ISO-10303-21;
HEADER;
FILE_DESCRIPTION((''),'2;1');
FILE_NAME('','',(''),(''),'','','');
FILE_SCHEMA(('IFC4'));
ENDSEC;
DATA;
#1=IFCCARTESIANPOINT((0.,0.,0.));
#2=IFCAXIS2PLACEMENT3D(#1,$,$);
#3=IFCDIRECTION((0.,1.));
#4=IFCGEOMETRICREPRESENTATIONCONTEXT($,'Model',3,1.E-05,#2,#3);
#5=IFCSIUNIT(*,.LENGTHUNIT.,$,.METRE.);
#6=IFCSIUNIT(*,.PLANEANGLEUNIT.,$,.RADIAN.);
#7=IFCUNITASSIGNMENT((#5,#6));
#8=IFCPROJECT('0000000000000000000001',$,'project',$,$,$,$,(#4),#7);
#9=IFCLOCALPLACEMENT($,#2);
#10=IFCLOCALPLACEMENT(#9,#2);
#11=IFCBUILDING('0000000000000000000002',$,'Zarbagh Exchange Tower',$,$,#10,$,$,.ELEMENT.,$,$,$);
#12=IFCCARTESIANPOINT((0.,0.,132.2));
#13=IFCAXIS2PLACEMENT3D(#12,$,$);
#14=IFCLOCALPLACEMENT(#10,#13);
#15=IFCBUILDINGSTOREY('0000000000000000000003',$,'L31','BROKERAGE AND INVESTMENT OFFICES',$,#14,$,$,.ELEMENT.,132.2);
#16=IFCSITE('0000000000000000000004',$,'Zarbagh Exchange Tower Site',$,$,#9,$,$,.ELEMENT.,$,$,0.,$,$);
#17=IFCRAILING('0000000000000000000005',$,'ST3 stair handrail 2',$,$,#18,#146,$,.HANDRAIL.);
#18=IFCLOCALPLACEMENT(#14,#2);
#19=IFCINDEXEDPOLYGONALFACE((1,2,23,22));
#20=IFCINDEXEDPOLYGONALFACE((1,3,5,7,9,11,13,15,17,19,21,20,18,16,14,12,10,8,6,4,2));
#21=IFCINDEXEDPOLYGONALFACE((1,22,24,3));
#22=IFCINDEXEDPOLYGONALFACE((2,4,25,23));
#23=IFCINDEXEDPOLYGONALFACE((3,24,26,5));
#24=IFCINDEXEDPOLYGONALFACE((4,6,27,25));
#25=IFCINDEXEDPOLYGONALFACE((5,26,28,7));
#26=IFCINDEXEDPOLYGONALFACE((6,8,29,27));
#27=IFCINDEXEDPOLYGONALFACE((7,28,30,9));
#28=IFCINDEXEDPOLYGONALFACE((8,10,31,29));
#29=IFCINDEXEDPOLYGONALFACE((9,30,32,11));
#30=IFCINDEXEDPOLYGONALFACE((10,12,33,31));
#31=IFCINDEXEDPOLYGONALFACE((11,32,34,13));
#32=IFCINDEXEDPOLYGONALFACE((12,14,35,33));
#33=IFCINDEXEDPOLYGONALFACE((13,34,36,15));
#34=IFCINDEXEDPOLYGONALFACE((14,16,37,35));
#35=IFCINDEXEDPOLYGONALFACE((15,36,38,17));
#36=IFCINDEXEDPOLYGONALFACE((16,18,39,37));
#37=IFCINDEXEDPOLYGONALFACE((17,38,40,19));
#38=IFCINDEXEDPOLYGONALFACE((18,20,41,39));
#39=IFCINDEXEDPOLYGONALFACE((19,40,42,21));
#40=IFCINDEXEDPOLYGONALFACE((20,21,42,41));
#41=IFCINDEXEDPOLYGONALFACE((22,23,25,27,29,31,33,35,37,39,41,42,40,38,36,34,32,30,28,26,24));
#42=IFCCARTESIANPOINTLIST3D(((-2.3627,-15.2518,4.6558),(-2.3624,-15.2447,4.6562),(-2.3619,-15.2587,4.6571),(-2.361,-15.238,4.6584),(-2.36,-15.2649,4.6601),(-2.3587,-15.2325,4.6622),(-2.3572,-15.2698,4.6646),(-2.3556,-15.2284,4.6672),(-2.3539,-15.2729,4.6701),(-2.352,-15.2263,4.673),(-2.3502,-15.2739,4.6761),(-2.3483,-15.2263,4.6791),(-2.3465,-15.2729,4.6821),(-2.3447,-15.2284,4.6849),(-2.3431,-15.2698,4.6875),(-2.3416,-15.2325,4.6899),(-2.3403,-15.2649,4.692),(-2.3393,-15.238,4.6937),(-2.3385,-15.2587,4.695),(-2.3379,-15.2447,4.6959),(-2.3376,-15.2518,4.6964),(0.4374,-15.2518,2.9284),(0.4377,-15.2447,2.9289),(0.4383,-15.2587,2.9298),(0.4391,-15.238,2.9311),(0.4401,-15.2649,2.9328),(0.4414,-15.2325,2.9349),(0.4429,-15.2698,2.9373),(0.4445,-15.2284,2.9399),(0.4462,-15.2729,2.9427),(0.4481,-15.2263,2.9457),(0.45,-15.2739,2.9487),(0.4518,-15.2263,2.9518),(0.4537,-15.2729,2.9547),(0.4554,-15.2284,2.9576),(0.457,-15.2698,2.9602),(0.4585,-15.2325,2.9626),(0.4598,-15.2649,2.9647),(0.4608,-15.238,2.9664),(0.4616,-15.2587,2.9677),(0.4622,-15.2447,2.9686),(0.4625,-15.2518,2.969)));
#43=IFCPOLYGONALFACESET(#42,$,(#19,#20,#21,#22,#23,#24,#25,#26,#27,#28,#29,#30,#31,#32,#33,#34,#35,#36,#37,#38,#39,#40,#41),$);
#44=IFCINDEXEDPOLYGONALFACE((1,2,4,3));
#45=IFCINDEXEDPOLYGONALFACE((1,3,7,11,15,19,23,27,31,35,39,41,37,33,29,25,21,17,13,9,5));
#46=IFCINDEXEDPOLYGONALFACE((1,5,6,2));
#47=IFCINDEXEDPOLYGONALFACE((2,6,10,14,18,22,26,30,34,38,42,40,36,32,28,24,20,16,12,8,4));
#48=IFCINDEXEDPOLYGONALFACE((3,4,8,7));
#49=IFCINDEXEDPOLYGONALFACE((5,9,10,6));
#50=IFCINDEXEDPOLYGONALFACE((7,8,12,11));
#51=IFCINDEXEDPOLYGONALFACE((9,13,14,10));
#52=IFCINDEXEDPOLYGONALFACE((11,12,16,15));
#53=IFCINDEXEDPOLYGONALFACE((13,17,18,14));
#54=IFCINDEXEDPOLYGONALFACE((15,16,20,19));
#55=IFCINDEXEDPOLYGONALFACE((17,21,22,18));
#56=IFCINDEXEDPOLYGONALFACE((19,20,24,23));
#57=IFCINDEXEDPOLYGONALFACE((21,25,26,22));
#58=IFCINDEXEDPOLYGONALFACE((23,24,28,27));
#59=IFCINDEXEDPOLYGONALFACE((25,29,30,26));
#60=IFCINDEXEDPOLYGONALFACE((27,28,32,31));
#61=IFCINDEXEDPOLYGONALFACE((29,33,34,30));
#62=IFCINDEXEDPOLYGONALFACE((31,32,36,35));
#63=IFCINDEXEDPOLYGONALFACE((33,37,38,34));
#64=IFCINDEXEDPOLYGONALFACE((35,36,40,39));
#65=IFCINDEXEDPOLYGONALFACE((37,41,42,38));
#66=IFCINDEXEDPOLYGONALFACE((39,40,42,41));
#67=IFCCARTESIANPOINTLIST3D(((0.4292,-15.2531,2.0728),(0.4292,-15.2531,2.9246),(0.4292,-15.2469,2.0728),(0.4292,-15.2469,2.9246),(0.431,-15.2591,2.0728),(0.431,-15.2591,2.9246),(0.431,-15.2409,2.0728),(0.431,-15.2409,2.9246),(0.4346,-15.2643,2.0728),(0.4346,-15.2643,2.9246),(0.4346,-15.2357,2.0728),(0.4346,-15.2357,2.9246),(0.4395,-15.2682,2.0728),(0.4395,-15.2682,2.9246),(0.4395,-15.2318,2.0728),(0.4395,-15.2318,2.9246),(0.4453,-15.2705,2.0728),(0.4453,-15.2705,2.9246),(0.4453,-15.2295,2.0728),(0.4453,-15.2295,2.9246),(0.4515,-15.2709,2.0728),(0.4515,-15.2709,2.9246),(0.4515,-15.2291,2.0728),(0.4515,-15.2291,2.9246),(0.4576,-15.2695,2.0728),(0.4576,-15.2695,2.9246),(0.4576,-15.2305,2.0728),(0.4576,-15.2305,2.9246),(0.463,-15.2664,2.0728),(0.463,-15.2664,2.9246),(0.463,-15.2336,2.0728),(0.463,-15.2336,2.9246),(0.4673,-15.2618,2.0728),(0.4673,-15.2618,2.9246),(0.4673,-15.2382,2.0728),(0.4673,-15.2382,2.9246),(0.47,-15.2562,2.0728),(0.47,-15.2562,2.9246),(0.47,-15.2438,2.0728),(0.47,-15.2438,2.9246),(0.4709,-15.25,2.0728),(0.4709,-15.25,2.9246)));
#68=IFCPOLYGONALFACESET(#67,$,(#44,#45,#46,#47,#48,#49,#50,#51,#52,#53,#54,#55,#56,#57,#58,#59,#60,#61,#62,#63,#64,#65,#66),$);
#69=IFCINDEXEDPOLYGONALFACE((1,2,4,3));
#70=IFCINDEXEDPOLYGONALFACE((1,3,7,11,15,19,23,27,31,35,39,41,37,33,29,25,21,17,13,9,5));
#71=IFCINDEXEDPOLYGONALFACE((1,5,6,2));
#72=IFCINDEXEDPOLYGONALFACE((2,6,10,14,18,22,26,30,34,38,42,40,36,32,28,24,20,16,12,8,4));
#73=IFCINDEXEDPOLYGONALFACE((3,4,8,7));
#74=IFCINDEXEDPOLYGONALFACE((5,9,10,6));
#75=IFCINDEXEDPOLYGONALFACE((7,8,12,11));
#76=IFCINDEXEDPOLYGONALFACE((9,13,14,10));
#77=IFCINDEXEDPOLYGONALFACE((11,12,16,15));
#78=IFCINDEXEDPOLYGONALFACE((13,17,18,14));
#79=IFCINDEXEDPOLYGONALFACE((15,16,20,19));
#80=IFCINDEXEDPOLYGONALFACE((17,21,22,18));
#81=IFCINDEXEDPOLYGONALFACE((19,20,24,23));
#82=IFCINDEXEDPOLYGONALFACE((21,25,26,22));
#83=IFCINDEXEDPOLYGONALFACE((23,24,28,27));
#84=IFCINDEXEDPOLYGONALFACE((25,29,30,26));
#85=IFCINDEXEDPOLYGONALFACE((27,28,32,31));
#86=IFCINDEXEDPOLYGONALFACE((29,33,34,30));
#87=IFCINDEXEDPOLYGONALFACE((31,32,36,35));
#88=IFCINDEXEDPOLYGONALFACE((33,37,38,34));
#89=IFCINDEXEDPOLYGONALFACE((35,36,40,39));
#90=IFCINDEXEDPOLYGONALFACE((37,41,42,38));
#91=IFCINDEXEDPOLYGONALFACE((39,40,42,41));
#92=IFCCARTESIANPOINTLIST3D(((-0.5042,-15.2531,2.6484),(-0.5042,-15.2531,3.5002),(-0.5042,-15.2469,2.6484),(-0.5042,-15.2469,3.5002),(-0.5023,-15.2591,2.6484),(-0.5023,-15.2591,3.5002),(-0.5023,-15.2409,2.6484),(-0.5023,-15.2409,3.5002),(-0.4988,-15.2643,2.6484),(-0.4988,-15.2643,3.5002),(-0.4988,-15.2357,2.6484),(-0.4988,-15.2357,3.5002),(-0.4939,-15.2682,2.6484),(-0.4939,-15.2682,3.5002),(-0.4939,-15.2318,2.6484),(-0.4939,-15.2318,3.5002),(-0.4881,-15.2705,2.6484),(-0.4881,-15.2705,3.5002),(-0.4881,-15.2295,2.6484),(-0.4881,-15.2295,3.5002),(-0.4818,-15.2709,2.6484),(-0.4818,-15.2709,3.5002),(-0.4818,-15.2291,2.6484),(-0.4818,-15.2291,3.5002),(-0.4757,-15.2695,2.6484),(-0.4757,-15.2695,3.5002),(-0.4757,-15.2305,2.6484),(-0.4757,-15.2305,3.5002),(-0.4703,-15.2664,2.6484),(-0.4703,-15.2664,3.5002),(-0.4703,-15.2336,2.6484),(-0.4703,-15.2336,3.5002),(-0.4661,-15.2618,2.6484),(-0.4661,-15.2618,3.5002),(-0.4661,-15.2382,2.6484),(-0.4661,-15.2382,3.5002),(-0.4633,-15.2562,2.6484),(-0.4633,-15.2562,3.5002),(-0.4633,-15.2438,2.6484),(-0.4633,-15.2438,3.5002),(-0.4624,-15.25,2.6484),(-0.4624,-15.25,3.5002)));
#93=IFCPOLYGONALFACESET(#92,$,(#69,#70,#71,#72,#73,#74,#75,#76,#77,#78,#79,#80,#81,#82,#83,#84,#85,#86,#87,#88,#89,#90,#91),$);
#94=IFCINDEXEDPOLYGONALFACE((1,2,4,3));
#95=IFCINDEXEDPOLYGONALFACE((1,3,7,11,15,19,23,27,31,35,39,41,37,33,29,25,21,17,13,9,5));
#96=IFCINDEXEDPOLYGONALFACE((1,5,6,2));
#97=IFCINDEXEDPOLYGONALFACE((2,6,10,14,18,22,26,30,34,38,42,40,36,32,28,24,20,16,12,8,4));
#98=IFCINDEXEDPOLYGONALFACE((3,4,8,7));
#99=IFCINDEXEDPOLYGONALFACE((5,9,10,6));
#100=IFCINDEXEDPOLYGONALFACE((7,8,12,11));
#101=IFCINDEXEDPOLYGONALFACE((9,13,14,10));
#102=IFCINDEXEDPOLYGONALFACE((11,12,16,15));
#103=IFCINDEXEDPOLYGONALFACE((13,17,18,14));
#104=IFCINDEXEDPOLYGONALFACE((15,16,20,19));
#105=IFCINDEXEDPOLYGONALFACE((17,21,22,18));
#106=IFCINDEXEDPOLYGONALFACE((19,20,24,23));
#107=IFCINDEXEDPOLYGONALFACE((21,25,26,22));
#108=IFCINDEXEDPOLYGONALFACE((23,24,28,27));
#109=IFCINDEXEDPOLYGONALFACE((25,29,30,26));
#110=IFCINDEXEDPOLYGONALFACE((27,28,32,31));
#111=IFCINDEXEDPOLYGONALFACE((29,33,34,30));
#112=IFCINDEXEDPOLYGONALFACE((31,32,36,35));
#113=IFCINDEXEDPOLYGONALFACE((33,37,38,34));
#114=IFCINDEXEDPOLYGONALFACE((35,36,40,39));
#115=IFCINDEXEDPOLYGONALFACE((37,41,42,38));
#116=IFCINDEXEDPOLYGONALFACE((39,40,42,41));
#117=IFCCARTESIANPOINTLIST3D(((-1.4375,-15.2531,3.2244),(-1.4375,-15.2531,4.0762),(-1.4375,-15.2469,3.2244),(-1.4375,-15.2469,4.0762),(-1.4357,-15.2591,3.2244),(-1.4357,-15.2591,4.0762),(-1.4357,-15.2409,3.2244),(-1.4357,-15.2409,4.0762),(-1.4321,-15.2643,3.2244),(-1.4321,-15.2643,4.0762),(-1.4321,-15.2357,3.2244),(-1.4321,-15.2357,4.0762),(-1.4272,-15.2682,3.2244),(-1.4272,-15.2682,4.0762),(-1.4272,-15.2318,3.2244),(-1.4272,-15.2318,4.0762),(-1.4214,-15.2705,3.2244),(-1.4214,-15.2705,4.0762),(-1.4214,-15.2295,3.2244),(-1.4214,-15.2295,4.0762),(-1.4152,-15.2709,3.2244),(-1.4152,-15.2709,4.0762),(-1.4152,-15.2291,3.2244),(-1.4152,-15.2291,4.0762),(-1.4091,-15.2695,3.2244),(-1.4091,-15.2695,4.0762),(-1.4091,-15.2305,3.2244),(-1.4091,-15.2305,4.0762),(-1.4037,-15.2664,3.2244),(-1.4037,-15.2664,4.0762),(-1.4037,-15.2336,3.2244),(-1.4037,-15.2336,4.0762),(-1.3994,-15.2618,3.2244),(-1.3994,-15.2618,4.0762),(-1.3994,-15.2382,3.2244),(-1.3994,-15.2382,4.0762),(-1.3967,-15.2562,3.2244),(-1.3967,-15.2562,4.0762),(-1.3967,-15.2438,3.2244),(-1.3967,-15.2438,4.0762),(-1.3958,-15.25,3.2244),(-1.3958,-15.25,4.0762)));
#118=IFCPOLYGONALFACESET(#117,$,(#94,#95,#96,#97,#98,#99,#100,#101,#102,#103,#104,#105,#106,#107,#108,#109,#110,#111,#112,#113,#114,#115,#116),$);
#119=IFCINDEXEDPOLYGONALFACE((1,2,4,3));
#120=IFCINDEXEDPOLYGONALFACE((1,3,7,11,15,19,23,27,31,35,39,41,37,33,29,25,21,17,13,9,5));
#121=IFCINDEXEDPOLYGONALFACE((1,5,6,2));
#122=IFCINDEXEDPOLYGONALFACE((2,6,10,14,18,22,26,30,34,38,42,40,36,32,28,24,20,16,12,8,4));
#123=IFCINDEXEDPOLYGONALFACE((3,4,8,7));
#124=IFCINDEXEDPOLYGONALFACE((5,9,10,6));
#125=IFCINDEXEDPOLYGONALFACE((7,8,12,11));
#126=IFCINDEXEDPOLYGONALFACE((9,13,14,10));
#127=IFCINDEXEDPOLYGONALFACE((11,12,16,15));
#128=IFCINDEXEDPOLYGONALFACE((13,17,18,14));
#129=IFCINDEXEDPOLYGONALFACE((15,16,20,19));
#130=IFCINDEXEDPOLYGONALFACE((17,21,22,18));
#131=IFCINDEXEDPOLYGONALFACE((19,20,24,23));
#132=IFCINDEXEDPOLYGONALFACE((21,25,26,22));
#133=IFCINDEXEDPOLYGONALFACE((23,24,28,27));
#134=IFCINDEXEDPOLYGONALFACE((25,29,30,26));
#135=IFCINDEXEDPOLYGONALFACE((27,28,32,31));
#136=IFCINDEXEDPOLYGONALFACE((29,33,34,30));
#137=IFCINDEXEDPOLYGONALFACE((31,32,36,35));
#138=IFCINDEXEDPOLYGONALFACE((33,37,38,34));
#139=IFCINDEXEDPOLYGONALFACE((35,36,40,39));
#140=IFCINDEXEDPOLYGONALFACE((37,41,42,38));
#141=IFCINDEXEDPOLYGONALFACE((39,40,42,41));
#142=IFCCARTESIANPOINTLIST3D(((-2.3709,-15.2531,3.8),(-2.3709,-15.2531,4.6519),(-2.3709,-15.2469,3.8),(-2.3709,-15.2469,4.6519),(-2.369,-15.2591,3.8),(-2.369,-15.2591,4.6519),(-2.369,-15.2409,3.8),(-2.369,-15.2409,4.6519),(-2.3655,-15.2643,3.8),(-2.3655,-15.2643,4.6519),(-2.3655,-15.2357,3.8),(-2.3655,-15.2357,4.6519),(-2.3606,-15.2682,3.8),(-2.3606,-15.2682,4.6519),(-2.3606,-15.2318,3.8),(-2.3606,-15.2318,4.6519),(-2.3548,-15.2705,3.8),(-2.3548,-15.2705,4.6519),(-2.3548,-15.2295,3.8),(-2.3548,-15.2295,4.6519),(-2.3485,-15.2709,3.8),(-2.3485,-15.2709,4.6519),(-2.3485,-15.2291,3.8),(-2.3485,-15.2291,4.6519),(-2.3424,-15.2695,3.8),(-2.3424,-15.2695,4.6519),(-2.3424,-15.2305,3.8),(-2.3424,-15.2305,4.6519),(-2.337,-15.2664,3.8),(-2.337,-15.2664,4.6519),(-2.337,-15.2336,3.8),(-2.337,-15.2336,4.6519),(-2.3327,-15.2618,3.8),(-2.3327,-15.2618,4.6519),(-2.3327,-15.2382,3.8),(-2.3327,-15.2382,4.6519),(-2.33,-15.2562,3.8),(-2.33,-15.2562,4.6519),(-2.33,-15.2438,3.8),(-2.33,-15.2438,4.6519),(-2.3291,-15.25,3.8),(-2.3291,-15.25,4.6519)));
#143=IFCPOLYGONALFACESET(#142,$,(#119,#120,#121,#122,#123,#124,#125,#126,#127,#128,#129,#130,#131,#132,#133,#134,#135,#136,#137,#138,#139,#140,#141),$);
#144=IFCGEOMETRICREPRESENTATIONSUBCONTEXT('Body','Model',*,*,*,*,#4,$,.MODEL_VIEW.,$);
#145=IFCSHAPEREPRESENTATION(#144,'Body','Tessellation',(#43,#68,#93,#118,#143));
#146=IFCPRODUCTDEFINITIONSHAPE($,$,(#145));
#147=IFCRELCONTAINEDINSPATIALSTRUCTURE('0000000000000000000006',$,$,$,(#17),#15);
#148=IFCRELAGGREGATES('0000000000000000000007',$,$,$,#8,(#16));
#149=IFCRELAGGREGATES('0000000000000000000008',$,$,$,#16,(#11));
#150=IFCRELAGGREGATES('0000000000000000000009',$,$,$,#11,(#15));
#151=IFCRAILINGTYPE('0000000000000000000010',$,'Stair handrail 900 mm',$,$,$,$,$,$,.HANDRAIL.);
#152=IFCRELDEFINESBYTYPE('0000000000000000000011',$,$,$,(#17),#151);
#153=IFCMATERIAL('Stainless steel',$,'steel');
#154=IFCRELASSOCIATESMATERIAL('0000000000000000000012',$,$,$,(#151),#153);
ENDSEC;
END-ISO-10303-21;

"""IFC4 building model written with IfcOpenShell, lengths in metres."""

from ifc_helpers import new_model, si_unit, direction, frame, origin, origin_2d, place, context, subcontext, project, spatial, circle, extrude, material, type_object, element, save


model = new_model("IFC4")

# Units and contexts
model_context = context("Model", 3, precision=1e-05, world=origin(), true_north=direction((0.0, 1.0)))
body_context = subcontext(model_context, "Body", "Model", "MODEL_VIEW")
ifc_project = project(units=[si_unit("LENGTHUNIT", "METRE"), si_unit("PLANEANGLEUNIT", "RADIAN")], contexts=[model_context])

# Site, building, storey
site_placement = place(None, origin())
site = spatial("IfcSite", under=ifc_project, at=site_placement, Name="Zarbagh Exchange Tower Site", CompositionType="ELEMENT", RefElevation=0.0)
building_placement = place(site_placement, origin())
building = spatial("IfcBuilding", under=site, at=building_placement, Name="Zarbagh Exchange Tower", CompositionType="ELEMENT")
storey_placement = place(building_placement, frame((0.0, 0.0, 132.2)))
storey = spatial("IfcBuildingStorey", under=building, at=storey_placement, Name="L31", Description="BROKERAGE AND INVESTMENT OFFICES", CompositionType="ELEMENT", Elevation=132.2)

# Railing
ifc_material_1 = material(Name="Stainless steel", Category="steel")
railing_type_1 = type_object("IfcRailingType", Name="Stair handrail 900 mm", PredefinedType="HANDRAIL", material=ifc_material_1)
railing_1_placement = place(storey_placement, frame((0.45, -15.25, 2.0728)))
element("IfcRailing", 1, at=railing_1_placement, inside=storey, type_object=railing_type_1, Name="ST3 stair handrail 2", PredefinedType="HANDRAIL", context=body_context, shape_type="SweptSolid", body=[
    extrude(circle(Radius=0.0239, at=origin_2d()), frame((0.0, 0.0, 0.876), z_axis=(-0.85109, 0.0, 0.52502), x_axis=(0.0, -1.0, 0.0)), (0.0, 0.0, 1.0), 3.29),
    extrude(circle(Radius=0.021, at=origin_2d()), origin(), (0.0, 0.0, 1.0), 0.8518),
    extrude(circle(Radius=0.021, at=origin_2d()), frame((-0.9333, 0.0, 0.5757)), (0.0, 0.0, 1.0), 0.8518),
    extrude(circle(Radius=0.021, at=origin_2d()), frame((-1.8667, 0.0, 1.1516)), (0.0, 0.0, 1.0), 0.8518),
    extrude(circle(Radius=0.021, at=origin_2d()), frame((-2.8, 0.0, 1.7273)), (0.0, 0.0, 1.0), 0.8518),
])

save(model, "model.ifc")
